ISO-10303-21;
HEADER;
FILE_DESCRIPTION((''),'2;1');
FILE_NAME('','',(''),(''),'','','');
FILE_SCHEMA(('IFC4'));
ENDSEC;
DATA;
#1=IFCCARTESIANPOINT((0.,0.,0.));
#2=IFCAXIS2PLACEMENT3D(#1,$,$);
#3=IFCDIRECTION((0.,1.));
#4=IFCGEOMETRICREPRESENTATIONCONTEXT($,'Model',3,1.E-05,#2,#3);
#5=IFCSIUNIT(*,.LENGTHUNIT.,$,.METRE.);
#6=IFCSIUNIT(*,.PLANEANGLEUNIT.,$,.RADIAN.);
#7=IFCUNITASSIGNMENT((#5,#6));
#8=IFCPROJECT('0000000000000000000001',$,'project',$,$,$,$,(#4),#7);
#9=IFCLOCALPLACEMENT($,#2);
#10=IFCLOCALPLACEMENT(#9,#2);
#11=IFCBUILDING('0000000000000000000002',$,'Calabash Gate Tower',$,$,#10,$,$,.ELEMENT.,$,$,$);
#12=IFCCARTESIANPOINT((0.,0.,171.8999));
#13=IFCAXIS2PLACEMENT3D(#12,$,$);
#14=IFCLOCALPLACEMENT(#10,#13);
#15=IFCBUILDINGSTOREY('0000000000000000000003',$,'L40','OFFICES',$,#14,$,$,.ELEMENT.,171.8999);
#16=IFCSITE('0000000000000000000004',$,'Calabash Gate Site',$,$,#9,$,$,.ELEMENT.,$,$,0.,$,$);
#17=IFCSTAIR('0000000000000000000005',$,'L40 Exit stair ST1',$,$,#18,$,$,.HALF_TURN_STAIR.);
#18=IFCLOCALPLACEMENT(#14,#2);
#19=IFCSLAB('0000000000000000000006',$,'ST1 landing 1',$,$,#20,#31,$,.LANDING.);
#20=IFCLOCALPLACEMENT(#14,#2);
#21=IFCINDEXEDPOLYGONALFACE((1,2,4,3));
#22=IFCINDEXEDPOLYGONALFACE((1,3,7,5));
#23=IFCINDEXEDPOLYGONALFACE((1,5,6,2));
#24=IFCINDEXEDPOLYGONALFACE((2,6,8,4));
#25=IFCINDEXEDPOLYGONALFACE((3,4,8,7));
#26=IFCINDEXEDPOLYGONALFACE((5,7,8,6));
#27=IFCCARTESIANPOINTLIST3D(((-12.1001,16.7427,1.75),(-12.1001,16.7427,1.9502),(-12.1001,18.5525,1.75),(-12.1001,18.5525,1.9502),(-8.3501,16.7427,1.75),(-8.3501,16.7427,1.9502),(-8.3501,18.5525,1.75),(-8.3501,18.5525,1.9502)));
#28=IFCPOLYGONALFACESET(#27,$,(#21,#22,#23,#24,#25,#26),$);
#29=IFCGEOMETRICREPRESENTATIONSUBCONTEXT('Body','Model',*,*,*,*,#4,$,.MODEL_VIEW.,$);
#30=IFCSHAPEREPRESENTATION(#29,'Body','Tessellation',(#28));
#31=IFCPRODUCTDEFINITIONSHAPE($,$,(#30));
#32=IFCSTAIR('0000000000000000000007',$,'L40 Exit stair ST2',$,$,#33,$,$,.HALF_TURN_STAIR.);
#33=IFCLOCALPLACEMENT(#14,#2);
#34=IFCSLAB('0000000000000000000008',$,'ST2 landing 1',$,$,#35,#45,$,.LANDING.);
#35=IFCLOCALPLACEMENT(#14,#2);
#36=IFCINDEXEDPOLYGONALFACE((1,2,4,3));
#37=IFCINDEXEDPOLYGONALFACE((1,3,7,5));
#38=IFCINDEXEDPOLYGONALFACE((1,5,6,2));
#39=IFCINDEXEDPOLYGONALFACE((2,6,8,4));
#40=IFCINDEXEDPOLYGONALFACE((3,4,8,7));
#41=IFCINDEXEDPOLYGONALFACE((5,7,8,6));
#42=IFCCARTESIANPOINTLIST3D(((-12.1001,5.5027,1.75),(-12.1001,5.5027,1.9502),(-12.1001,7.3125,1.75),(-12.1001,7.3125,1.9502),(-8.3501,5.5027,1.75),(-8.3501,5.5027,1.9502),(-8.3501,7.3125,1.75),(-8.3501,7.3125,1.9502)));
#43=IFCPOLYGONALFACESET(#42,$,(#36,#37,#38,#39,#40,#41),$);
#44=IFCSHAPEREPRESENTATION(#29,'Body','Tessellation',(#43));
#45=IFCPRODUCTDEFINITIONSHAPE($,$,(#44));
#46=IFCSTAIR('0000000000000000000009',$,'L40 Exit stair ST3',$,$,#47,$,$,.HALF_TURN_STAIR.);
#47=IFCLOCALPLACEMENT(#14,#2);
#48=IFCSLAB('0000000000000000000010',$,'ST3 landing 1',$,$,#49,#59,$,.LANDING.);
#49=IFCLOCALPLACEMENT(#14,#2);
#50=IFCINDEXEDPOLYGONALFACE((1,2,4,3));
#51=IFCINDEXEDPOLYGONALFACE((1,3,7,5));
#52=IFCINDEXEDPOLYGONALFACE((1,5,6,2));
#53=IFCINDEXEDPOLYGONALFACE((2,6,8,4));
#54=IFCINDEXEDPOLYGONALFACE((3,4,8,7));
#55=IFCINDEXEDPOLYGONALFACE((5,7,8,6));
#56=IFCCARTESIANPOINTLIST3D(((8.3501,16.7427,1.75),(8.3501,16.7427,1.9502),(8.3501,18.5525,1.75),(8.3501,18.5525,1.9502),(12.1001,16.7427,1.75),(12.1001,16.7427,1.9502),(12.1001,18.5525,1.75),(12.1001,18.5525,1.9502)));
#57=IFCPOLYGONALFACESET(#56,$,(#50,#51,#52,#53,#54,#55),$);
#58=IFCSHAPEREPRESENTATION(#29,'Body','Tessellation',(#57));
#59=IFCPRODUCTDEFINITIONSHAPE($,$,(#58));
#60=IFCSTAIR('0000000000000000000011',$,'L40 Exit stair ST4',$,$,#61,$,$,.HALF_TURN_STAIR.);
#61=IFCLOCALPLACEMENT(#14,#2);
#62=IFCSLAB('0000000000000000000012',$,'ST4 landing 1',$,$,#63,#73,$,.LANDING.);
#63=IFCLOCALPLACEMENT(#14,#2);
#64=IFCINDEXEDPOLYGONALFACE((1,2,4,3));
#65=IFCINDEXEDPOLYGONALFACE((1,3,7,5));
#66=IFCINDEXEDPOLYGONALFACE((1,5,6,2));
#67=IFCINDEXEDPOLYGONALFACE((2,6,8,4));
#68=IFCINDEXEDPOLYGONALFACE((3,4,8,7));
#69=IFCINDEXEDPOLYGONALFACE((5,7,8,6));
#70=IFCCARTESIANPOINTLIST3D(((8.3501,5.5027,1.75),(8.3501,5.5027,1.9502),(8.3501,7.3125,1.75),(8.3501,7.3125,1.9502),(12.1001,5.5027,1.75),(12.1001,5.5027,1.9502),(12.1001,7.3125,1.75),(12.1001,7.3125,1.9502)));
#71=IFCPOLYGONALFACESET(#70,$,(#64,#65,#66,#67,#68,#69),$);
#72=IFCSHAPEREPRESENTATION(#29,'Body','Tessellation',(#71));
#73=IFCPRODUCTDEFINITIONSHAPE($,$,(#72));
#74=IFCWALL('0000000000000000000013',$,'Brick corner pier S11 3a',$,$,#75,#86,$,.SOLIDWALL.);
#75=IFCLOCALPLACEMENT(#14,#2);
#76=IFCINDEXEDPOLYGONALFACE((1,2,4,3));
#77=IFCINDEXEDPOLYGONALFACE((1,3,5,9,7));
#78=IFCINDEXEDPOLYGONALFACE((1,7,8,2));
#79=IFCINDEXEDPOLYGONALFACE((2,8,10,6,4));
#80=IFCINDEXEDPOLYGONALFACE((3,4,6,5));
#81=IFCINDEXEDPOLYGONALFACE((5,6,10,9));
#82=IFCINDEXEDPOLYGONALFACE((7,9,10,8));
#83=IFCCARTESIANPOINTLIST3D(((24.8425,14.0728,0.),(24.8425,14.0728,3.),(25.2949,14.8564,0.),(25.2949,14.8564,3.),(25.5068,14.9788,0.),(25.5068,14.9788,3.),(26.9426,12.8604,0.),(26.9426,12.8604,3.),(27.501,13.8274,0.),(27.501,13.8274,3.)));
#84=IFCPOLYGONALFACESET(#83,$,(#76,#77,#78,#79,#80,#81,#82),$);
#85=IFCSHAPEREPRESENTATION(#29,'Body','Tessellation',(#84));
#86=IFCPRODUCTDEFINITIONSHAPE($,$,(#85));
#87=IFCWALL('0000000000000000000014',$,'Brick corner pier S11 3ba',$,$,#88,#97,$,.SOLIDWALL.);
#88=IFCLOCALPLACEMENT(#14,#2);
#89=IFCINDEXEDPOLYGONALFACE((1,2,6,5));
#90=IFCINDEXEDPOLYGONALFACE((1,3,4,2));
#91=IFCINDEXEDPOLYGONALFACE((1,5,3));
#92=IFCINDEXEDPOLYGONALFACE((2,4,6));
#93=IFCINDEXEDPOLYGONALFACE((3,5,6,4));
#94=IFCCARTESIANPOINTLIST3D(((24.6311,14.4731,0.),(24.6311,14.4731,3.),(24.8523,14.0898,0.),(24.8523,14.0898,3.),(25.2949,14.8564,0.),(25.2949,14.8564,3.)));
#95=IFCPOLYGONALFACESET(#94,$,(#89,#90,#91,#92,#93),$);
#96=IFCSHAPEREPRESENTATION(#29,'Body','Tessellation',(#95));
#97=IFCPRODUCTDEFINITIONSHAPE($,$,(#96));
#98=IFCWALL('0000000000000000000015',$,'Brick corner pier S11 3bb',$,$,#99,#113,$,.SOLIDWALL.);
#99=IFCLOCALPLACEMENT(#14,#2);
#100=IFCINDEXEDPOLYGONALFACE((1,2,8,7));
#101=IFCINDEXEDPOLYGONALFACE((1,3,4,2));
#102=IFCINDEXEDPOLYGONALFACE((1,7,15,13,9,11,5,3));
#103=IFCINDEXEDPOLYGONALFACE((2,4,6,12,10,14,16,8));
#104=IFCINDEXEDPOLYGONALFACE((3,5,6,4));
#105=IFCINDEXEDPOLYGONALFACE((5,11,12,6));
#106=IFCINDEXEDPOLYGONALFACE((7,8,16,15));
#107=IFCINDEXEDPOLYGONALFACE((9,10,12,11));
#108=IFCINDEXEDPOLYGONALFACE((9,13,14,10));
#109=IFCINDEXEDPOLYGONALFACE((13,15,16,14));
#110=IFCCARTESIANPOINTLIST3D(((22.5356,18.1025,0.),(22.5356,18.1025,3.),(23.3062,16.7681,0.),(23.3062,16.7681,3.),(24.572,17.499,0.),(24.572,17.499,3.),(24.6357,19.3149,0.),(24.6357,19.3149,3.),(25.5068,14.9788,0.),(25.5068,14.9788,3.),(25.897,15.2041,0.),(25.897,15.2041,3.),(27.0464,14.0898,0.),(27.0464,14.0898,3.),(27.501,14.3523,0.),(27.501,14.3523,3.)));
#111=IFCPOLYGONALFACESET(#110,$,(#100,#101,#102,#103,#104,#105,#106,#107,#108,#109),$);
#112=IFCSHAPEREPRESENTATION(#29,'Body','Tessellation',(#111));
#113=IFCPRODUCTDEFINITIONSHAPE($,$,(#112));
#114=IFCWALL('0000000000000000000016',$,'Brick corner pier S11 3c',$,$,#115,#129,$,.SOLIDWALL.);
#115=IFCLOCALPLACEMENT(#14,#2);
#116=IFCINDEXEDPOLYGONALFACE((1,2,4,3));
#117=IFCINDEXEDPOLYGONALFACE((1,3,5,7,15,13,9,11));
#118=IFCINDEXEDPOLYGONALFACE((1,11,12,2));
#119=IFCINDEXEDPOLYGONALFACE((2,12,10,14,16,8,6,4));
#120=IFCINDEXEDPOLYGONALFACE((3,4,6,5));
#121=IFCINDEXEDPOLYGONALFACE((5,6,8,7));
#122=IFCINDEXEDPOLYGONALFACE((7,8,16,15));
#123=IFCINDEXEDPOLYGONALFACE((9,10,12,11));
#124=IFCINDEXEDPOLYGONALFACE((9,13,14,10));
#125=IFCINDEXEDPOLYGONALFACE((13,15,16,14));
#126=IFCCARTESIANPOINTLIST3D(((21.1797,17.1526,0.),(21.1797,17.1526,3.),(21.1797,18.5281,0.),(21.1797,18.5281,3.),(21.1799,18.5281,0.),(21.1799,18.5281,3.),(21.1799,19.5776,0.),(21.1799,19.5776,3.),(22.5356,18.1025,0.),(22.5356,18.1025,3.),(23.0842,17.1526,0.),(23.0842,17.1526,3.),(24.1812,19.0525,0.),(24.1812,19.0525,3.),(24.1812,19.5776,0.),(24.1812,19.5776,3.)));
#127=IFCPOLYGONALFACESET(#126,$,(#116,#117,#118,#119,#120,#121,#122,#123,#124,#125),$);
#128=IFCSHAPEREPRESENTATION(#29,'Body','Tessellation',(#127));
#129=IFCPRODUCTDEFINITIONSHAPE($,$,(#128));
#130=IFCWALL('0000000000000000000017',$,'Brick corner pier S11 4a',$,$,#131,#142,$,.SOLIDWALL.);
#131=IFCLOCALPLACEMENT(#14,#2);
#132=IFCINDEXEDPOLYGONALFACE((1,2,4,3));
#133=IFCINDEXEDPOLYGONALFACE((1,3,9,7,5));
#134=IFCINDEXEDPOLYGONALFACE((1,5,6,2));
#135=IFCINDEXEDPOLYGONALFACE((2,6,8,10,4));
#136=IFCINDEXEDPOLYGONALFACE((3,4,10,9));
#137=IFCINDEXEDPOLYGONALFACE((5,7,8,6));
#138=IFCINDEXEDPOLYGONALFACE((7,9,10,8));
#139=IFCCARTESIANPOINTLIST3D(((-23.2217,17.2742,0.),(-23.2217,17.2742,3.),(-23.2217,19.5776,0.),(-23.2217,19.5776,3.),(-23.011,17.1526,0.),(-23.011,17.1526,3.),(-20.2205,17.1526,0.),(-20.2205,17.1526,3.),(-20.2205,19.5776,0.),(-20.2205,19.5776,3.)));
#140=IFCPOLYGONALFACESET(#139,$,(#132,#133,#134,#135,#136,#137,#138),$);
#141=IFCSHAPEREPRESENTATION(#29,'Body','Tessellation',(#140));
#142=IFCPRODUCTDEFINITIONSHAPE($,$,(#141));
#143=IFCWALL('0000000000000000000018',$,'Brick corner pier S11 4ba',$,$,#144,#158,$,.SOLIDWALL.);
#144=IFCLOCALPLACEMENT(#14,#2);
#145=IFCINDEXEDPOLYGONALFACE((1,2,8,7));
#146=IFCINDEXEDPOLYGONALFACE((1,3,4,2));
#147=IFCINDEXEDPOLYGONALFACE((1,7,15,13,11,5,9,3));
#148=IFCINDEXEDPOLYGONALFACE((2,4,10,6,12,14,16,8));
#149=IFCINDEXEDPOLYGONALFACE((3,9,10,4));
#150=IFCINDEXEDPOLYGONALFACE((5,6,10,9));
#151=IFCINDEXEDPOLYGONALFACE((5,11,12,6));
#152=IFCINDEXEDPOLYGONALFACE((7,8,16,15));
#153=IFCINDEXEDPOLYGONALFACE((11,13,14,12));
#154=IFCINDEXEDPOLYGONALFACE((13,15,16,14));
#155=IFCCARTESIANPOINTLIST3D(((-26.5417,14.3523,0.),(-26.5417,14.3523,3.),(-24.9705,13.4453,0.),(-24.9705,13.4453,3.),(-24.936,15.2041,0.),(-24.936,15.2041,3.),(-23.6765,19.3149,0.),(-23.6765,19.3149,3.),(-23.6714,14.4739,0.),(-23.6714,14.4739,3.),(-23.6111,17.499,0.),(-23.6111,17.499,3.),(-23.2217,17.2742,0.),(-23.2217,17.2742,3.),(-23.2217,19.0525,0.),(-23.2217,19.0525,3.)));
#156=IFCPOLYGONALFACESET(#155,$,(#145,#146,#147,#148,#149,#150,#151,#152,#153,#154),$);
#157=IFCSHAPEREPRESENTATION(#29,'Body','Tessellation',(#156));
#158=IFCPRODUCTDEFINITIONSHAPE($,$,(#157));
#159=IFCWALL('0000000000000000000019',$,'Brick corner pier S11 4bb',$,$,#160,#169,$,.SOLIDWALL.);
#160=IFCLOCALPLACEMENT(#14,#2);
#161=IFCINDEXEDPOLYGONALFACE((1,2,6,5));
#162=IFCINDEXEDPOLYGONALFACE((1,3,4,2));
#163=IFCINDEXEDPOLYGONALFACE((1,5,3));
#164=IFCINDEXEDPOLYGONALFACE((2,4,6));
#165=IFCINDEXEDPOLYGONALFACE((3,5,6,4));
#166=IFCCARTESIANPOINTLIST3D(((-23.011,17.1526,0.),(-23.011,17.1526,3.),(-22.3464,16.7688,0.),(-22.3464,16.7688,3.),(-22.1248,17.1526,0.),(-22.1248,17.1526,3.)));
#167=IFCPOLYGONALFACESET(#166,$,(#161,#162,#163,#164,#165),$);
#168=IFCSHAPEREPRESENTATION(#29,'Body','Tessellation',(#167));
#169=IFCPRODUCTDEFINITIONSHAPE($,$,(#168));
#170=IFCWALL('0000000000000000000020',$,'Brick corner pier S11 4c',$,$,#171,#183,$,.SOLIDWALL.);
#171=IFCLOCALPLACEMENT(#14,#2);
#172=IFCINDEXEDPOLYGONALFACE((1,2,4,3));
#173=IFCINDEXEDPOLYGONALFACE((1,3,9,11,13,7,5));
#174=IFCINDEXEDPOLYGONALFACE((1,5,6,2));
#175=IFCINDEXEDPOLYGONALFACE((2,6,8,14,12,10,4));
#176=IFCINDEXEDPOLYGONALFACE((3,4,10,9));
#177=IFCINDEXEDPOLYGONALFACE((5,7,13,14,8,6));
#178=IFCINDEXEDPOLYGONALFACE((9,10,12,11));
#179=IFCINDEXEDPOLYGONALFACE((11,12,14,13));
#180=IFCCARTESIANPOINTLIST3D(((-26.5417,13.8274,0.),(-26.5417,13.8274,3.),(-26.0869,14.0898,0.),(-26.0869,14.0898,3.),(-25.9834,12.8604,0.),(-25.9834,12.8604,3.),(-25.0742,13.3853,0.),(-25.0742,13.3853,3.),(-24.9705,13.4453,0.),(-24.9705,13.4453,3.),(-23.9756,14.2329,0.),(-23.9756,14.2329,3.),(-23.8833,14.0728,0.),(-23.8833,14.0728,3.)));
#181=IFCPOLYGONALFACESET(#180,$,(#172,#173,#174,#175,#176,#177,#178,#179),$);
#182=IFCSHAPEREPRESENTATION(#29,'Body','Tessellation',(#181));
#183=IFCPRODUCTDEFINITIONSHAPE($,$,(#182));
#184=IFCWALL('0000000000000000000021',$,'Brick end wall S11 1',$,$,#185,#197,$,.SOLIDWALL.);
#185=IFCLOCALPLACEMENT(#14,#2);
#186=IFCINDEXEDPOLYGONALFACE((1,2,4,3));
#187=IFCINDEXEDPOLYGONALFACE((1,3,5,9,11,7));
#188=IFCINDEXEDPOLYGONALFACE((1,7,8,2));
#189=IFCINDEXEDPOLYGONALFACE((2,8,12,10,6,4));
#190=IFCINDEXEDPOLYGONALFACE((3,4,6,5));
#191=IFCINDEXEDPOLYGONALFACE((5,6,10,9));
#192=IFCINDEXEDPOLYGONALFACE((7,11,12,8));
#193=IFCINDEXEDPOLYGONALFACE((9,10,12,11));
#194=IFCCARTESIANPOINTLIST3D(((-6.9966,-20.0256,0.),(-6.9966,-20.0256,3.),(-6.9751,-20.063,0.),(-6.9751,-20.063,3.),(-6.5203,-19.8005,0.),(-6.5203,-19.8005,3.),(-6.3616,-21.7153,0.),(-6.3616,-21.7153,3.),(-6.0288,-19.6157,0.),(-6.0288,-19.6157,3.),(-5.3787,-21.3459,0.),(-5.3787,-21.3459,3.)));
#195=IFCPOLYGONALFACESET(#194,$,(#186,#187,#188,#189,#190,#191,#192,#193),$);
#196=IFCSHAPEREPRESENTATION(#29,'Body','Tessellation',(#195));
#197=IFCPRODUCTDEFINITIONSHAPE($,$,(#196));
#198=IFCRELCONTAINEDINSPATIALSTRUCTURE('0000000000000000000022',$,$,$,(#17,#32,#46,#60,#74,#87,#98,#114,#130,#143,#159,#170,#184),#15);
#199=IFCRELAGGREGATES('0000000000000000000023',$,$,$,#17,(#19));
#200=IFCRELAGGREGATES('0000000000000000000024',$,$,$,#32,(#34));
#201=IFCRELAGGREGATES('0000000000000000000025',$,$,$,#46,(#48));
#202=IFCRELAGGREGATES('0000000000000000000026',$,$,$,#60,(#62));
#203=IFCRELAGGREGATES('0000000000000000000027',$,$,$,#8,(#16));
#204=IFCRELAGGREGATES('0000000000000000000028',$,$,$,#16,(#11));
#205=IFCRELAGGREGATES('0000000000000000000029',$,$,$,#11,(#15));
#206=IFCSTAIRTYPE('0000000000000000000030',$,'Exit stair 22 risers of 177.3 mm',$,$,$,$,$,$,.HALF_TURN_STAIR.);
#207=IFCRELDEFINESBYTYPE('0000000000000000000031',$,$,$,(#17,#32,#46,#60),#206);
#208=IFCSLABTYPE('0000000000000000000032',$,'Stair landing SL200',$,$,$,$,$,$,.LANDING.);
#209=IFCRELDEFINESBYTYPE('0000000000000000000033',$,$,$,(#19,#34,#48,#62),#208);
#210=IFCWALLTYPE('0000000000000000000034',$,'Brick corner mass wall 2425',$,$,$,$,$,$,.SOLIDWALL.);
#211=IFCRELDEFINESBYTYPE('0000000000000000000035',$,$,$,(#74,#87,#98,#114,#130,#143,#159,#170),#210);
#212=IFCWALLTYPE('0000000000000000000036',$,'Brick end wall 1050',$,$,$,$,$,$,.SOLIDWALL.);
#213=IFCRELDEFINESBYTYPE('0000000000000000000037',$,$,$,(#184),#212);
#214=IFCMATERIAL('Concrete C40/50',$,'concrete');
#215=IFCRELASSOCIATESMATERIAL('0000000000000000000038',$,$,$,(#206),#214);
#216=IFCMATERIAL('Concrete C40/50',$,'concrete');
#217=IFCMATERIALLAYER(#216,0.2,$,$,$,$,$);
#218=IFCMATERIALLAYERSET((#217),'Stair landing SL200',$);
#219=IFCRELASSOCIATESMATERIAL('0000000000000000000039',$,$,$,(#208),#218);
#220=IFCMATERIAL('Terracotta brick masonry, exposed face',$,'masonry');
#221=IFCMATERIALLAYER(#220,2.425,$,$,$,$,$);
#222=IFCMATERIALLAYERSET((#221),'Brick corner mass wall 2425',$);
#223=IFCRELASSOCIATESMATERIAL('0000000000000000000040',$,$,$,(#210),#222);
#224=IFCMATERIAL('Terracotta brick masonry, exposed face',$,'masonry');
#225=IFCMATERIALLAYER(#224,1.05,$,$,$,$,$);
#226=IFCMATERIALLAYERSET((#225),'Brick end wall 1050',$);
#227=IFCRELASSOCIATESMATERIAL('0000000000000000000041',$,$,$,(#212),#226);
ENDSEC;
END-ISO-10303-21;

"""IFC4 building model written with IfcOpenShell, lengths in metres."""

from ifc_helpers import new_model, si_unit, direction, frame, origin, place, context, subcontext, project, spatial, polyline, outline, extrude, material, layer, layer_set, type_object, element, aggregate, save


model = new_model("IFC4")

# Units and contexts
model_context = context("Model", 3, precision=1e-05, world=origin(), true_north=direction((0.0, 1.0)))
body_context = subcontext(model_context, "Body", "Model", "MODEL_VIEW")
ifc_project = project(units=[si_unit("LENGTHUNIT", "METRE"), si_unit("PLANEANGLEUNIT", "RADIAN")], contexts=[model_context])

# Site, building, storey
site_placement = place(None, origin())
site = spatial("IfcSite", under=ifc_project, at=site_placement, Name="Calabash Gate Site", CompositionType="ELEMENT", RefElevation=0.0)
building_placement = place(site_placement, origin())
building = spatial("IfcBuilding", under=site, at=building_placement, Name="Calabash Gate Tower", CompositionType="ELEMENT")
storey_placement = place(building_placement, frame((0.0, 0.0, 171.8999)))
storey = spatial("IfcBuildingStorey", under=building, at=storey_placement, Name="L40", Description="OFFICES", CompositionType="ELEMENT", Elevation=171.8999)

# Stairs, slabs
ifc_material_1 = material(Name="Concrete C40/50", Category="concrete")
stair_type = type_object("IfcStairType", Name="Exit stair 22 risers of 177.3 mm", PredefinedType="HALF_TURN_STAIR", material=ifc_material_1)
stair_1_placement = place(storey_placement, origin())
stair_1 = element("IfcStair", 1, at=stair_1_placement, inside=storey, type_object=stair_type, Name="L40 Exit stair ST1", PredefinedType="HALF_TURN_STAIR")
ifc_material_2 = material(Name="Concrete C40/50", Category="concrete")
ifc_layer_1 = layer(ifc_material_2, 0.2)
ifc_layer_set_1 = layer_set([ifc_layer_1], Name="Stair landing SL200")
slab_type = type_object("IfcSlabType", Name="Stair landing SL200", PredefinedType="LANDING", material=ifc_layer_set_1)
slab_1_placement = place(storey_placement, frame((0.0, 0.0, 1.75)))
slab_1 = element("IfcSlab", 2, at=slab_1_placement, type_object=slab_type, Name="ST1 landing 1", PredefinedType="LANDING", context=body_context, shape_type="SweptSolid", body=[
    extrude(outline(polyline([(-8.3501, 16.7427), (-8.3501, 18.5525), (-12.1001, 18.5525), (-12.1001, 16.7427), (-8.3501, 16.7427)])), origin(), (0.0, 0.0, 1.0), 0.2002),
])
aggregate(stair_1, [slab_1])
stair_2_placement = place(storey_placement, origin())
stair_2 = element("IfcStair", 3, at=stair_2_placement, inside=storey, type_object=stair_type, Name="L40 Exit stair ST2", PredefinedType="HALF_TURN_STAIR")
slab_2_placement = place(storey_placement, frame((0.0, 0.0, 1.75)))
slab_2 = element("IfcSlab", 4, at=slab_2_placement, type_object=slab_type, Name="ST2 landing 1", PredefinedType="LANDING", context=body_context, shape_type="SweptSolid", body=[
    extrude(outline(polyline([(-12.1001, 7.3125), (-12.1001, 5.5027), (-8.3501, 5.5027), (-8.3501, 7.3125), (-12.1001, 7.3125)])), origin(), (0.0, 0.0, 1.0), 0.2002),
])
aggregate(stair_2, [slab_2])
stair_3_placement = place(storey_placement, origin())
stair_3 = element("IfcStair", 5, at=stair_3_placement, inside=storey, type_object=stair_type, Name="L40 Exit stair ST3", PredefinedType="HALF_TURN_STAIR")
slab_3_placement = place(storey_placement, frame((0.0, 0.0, 1.75)))
slab_3 = element("IfcSlab", 6, at=slab_3_placement, type_object=slab_type, Name="ST3 landing 1", PredefinedType="LANDING", context=body_context, shape_type="SweptSolid", body=[
    extrude(outline(polyline([(12.1001, 16.7427), (12.1001, 18.5525), (8.3501, 18.5525), (8.3501, 16.7427), (12.1001, 16.7427)])), origin(), (0.0, 0.0, 1.0), 0.2002),
])
aggregate(stair_3, [slab_3])
stair_4_placement = place(storey_placement, origin())
stair_4 = element("IfcStair", 7, at=stair_4_placement, inside=storey, type_object=stair_type, Name="L40 Exit stair ST4", PredefinedType="HALF_TURN_STAIR")
slab_4_placement = place(storey_placement, frame((0.0, 0.0, 1.75)))
slab_4 = element("IfcSlab", 8, at=slab_4_placement, type_object=slab_type, Name="ST4 landing 1", PredefinedType="LANDING", context=body_context, shape_type="SweptSolid", body=[
    extrude(outline(polyline([(8.3501, 7.3125), (8.3501, 5.5027), (12.1001, 5.5027), (12.1001, 7.3125), (8.3501, 7.3125)])), origin(), (0.0, 0.0, 1.0), 0.2002),
])
aggregate(stair_4, [slab_4])

# Walls
ifc_material_3 = material(Name="Terracotta brick masonry, exposed face", Category="masonry")
ifc_layer_2 = layer(ifc_material_3, 2.425)
ifc_layer_set_2 = layer_set([ifc_layer_2], Name="Brick corner mass wall 2425")
wall_type_1 = type_object("IfcWallType", Name="Brick corner mass wall 2425", PredefinedType="SOLIDWALL", material=ifc_layer_set_2)
wall_1_placement = place(storey_placement, origin())
element("IfcWall", 9, at=wall_1_placement, inside=storey, type_object=wall_type_1, Name="Brick corner pier S11 3a", PredefinedType="SOLIDWALL", context=body_context, shape_type="SweptSolid", body=[
    extrude(outline(polyline([(24.8425, 14.0728), (26.9426, 12.8604), (27.501, 13.8274), (25.5068, 14.9788), (25.2949, 14.8564), (24.8425, 14.0728)])), origin(), (0.0, 0.0, 1.0), 3.0),
])
wall_2_placement = place(storey_placement, origin())
element("IfcWall", 10, at=wall_2_placement, inside=storey, type_object=wall_type_1, Name="Brick corner pier S11 3ba", PredefinedType="SOLIDWALL", context=body_context, shape_type="SweptSolid", body=[
    extrude(outline(polyline([(24.8523, 14.0898), (25.2949, 14.8564), (24.6311, 14.4731), (24.8523, 14.0898)])), origin(), (0.0, 0.0, 1.0), 3.0),
])
wall_3_placement = place(storey_placement, origin())
element("IfcWall", 11, at=wall_3_placement, inside=storey, type_object=wall_type_1, Name="Brick corner pier S11 3bb", PredefinedType="SOLIDWALL", context=body_context, shape_type="SweptSolid", body=[
    extrude(outline(polyline([(24.572, 17.499), (25.897, 15.2041), (25.344, 14.8848), (25.5068, 14.9788), (27.0464, 14.0898), (27.501, 14.3523), (24.6357, 19.3149), (22.5356, 18.1025), (23.3062, 16.7681), (24.572, 17.499)])), origin(), (0.0, 0.0, 1.0), 3.0),
])
wall_4_placement = place(storey_placement, origin())
element("IfcWall", 12, at=wall_4_placement, inside=storey, type_object=wall_type_1, Name="Brick corner pier S11 3c", PredefinedType="SOLIDWALL", context=body_context, shape_type="SweptSolid", body=[
    extrude(outline(polyline([(21.1797, 18.5281), (21.1797, 17.1526), (23.0842, 17.1526), (22.5356, 18.1025), (24.1812, 19.0525), (24.1812, 19.5776), (21.1799, 19.5776), (21.1799, 18.5281), (21.1797, 18.5281)])), origin(), (0.0, 0.0, 1.0), 3.0),
])
wall_5_placement = place(storey_placement, origin())
element("IfcWall", 13, at=wall_5_placement, inside=storey, type_object=wall_type_1, Name="Brick corner pier S11 4a", PredefinedType="SOLIDWALL", context=body_context, shape_type="SweptSolid", body=[
    extrude(outline(polyline([(-23.011, 17.1526), (-20.2205, 17.1526), (-20.2205, 19.5776), (-23.2217, 19.5776), (-23.2217, 17.2742), (-23.011, 17.1526)])), origin(), (0.0, 0.0, 1.0), 3.0),
])
wall_6_placement = place(storey_placement, origin())
element("IfcWall", 14, at=wall_6_placement, inside=storey, type_object=wall_type_1, Name="Brick corner pier S11 4ba", PredefinedType="SOLIDWALL", context=body_context, shape_type="SweptSolid", body=[
    extrude(outline(polyline([(-23.6714, 14.4739), (-24.936, 15.2041), (-23.6111, 17.499), (-23.2217, 17.2742), (-23.2217, 19.0525), (-23.6765, 19.3149), (-26.5417, 14.3523), (-24.9705, 13.4453), (-23.6714, 14.4739)])), origin(), (0.0, 0.0, 1.0), 3.0),
])
wall_7_placement = place(storey_placement, origin())
element("IfcWall", 15, at=wall_7_placement, inside=storey, type_object=wall_type_1, Name="Brick corner pier S11 4bb", PredefinedType="SOLIDWALL", context=body_context, shape_type="SweptSolid", body=[
    extrude(outline(polyline([(-22.1248, 17.1526), (-23.011, 17.1526), (-22.3464, 16.7688), (-22.1248, 17.1526)])), origin(), (0.0, 0.0, 1.0), 3.0),
])
wall_8_placement = place(storey_placement, origin())
element("IfcWall", 16, at=wall_8_placement, inside=storey, type_object=wall_type_1, Name="Brick corner pier S11 4c", PredefinedType="SOLIDWALL", context=body_context, shape_type="SweptSolid", body=[
    extrude(outline(polyline([(-23.9756, 14.2329), (-24.9705, 13.4453), (-26.0869, 14.0898), (-26.5417, 13.8274), (-25.9834, 12.8604), (-25.0742, 13.3853), (-25.0742, 13.3853), (-23.8833, 14.0728), (-23.9756, 14.2329)])), origin(), (0.0, 0.0, 1.0), 3.0),
])
ifc_material_4 = material(Name="Terracotta brick masonry, exposed face", Category="masonry")
ifc_layer_3 = layer(ifc_material_4, 1.05)
ifc_layer_set_3 = layer_set([ifc_layer_3], Name="Brick end wall 1050")
wall_type_2 = type_object("IfcWallType", Name="Brick end wall 1050", PredefinedType="SOLIDWALL", material=ifc_layer_set_3)
wall_9_placement = place(storey_placement, origin())
element("IfcWall", 17, at=wall_9_placement, inside=storey, type_object=wall_type_2, Name="Brick end wall S11 1", PredefinedType="SOLIDWALL", context=body_context, shape_type="SweptSolid", body=[
    extrude(outline(polyline([(-5.3787, -21.3459), (-6.0288, -19.6157), (-6.5203, -19.8005), (-6.9751, -20.063), (-6.9966, -20.0256), (-6.3616, -21.7153), (-5.3787, -21.3459)])), origin(), (0.0, 0.0, 1.0), 3.0),
])

save(model, "model.ifc")
